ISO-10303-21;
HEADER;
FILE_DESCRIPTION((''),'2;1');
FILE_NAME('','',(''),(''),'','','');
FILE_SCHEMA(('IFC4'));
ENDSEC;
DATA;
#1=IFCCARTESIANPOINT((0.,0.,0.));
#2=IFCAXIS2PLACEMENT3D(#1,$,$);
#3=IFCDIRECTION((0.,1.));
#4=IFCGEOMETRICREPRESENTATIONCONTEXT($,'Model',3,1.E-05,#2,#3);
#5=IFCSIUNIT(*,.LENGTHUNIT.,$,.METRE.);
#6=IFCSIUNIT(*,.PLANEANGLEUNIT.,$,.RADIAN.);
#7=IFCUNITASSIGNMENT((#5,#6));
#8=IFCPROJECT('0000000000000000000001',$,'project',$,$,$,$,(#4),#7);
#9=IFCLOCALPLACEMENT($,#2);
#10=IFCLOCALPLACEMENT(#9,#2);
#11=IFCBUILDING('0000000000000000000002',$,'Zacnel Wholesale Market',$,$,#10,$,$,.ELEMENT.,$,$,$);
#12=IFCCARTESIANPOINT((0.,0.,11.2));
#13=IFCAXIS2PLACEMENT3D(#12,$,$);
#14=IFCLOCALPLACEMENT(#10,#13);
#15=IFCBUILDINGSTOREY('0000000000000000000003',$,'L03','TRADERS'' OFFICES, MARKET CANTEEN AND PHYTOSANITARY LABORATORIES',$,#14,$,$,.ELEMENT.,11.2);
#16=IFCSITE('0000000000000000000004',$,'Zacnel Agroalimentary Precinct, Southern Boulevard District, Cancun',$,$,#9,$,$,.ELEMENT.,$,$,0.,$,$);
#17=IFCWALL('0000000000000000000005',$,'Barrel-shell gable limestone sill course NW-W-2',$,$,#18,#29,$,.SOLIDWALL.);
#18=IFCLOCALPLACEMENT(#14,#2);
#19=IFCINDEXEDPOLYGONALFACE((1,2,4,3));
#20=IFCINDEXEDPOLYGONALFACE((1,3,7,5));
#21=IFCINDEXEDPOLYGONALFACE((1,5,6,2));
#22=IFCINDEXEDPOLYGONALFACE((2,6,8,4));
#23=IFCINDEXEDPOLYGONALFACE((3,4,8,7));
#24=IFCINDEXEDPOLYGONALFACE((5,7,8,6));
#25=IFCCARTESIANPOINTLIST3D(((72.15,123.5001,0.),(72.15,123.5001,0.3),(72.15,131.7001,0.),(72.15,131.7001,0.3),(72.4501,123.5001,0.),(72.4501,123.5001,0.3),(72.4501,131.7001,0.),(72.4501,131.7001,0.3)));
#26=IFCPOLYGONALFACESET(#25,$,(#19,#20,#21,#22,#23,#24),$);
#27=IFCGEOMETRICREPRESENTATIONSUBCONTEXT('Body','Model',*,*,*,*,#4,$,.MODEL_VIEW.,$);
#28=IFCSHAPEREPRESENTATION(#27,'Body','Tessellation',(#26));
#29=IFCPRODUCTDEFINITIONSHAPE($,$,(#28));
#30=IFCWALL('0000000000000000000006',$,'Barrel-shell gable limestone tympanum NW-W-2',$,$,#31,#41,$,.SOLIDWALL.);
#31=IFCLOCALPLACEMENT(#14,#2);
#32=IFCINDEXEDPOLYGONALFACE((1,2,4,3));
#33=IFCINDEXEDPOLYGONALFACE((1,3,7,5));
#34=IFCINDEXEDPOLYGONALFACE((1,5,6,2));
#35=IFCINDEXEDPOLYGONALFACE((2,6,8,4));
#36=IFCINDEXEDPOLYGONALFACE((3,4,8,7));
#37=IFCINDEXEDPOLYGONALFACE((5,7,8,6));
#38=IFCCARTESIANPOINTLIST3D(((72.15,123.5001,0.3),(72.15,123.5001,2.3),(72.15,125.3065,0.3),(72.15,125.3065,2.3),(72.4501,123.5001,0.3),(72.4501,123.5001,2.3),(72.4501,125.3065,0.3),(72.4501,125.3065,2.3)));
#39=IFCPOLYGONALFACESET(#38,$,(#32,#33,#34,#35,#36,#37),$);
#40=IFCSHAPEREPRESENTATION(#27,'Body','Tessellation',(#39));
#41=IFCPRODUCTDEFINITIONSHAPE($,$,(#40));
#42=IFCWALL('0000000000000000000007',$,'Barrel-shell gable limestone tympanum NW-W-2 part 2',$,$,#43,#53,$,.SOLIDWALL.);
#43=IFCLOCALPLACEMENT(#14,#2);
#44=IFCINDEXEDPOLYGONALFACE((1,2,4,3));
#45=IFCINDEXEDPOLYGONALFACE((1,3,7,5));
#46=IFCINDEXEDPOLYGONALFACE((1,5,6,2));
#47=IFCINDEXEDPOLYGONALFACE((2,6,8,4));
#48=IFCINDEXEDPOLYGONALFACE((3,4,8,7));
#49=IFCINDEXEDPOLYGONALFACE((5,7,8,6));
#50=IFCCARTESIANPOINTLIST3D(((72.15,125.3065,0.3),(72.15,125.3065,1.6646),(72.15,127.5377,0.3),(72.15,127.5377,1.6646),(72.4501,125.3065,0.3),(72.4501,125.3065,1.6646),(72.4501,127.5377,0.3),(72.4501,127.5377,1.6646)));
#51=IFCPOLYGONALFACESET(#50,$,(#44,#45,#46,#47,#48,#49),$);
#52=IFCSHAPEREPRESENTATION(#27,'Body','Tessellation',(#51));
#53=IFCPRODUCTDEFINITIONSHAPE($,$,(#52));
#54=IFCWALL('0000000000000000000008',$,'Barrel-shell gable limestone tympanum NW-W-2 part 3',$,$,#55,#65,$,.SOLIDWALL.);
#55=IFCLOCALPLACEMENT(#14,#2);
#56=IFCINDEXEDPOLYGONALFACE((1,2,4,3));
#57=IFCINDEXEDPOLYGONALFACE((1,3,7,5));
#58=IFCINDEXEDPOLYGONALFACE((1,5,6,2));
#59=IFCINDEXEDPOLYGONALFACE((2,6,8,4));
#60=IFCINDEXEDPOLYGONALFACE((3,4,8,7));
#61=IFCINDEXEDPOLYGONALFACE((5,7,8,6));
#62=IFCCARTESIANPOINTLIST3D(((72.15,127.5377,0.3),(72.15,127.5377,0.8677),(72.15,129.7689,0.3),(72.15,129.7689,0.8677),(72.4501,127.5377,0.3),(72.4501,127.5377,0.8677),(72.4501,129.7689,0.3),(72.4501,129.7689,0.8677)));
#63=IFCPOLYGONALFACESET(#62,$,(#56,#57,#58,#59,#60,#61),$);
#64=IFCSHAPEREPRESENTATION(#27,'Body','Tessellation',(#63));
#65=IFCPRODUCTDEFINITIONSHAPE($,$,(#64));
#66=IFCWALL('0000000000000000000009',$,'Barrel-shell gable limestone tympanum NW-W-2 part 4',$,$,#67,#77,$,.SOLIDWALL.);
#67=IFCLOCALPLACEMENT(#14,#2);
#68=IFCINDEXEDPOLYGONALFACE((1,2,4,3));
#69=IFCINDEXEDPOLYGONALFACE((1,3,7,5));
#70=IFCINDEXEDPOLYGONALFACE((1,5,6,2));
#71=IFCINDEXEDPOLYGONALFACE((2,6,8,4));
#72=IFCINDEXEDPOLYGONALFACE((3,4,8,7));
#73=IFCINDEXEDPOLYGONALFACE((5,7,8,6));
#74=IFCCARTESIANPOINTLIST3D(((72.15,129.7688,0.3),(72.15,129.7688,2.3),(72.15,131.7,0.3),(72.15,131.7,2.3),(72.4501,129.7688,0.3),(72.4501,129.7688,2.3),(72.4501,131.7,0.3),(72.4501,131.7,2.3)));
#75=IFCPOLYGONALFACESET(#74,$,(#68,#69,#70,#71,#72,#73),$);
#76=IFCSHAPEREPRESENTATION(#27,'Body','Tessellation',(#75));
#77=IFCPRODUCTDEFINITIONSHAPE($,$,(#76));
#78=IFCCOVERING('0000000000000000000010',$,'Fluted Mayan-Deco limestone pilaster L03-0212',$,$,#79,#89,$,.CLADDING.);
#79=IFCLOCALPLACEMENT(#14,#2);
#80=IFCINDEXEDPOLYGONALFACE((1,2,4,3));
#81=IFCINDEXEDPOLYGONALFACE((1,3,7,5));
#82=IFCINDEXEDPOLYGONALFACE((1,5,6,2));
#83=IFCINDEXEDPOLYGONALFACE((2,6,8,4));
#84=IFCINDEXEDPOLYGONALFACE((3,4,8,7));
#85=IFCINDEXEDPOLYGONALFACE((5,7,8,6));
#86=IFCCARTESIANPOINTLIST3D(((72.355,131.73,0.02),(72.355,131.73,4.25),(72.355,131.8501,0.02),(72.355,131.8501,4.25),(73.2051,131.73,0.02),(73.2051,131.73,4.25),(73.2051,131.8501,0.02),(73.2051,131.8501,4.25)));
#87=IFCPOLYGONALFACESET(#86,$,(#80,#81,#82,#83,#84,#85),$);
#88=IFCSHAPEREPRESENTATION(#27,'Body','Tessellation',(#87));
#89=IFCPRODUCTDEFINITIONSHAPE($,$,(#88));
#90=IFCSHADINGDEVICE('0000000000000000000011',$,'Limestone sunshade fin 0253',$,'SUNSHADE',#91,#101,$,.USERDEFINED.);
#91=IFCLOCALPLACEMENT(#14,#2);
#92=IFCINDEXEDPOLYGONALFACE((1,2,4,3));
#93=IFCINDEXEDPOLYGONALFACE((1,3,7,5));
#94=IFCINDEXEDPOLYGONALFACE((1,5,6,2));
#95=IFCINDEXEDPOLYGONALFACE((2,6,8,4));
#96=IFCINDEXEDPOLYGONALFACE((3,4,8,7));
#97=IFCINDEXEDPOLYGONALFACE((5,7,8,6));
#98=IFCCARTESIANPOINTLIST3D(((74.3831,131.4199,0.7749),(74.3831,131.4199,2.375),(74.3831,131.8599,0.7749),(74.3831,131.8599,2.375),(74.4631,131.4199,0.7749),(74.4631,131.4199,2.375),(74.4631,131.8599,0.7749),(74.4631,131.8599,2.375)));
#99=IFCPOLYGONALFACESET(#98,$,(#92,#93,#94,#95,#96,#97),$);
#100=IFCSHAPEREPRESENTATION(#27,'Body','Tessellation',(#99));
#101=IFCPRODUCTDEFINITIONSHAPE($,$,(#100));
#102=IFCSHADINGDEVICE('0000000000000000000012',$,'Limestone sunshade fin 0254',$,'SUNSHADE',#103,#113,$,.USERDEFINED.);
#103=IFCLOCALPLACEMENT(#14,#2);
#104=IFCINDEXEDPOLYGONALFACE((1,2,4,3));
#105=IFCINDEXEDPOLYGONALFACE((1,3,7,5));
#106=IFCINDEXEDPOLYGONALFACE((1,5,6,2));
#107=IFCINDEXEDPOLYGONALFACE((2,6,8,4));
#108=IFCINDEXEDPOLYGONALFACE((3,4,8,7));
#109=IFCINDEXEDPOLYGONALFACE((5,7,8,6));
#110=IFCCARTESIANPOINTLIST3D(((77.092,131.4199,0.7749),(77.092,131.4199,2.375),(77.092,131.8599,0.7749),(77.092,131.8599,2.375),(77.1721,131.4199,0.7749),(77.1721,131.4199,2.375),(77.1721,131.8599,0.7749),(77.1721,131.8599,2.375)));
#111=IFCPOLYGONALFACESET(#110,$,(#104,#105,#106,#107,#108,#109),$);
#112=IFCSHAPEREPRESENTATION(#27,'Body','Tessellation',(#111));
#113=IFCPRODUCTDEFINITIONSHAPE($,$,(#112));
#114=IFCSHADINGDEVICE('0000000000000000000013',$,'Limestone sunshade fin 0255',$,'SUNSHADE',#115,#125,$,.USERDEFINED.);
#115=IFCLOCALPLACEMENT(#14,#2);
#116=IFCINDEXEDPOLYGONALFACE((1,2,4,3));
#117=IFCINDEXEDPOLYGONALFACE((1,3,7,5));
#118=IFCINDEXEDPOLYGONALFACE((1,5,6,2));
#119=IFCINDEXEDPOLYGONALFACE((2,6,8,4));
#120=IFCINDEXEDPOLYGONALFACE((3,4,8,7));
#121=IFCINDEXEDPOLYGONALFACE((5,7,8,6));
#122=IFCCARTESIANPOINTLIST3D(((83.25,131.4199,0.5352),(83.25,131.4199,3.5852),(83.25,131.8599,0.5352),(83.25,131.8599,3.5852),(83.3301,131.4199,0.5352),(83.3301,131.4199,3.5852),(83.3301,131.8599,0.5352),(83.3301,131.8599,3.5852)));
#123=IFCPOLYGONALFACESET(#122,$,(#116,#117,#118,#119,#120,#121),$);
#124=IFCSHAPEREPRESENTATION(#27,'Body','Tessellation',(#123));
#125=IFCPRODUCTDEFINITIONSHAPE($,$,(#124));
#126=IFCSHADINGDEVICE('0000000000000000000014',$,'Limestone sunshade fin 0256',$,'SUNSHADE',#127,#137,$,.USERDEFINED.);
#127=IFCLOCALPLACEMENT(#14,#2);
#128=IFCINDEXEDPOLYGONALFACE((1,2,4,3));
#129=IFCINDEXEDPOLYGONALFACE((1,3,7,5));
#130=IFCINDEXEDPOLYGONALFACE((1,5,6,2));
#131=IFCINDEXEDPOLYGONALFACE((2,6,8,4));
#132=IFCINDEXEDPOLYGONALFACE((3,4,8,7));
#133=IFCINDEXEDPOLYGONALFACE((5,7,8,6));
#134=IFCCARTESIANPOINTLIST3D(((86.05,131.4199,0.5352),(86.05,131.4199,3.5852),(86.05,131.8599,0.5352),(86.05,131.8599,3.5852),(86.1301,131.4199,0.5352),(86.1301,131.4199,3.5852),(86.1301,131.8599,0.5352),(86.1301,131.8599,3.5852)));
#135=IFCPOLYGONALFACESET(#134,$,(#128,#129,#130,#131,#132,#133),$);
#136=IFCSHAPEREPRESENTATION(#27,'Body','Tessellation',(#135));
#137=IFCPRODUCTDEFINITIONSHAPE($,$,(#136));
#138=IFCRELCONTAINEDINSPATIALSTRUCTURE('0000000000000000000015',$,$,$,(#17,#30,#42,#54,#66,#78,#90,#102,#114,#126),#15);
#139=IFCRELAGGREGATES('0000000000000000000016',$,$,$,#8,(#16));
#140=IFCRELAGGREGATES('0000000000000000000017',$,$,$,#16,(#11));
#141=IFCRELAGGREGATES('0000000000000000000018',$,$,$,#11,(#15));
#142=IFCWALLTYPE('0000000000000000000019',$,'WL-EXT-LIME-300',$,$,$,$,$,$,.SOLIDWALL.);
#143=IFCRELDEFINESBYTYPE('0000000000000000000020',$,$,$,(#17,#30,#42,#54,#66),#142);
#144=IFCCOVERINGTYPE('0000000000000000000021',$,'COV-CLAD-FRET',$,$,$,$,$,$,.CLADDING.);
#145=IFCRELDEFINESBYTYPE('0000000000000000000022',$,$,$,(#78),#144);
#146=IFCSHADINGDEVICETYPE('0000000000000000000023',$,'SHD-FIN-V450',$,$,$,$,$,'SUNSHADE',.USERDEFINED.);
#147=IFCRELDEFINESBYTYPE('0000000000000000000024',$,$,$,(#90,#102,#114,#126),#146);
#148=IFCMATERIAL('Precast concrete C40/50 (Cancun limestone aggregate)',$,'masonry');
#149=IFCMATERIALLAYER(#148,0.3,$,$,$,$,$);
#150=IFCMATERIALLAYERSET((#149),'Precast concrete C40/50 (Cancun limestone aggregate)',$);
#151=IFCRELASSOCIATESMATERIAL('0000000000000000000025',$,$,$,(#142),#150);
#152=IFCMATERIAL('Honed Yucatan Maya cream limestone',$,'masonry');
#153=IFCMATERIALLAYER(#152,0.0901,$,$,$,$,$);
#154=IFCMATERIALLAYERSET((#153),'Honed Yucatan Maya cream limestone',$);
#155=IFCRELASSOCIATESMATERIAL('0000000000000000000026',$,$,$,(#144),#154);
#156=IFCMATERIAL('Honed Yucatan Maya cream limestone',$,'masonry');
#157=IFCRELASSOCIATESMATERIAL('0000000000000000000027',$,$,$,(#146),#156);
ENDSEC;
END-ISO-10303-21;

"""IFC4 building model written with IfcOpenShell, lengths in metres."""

from ifc_helpers import new_model, si_unit, direction, frame, frame_2d, origin, origin_2d, place, context, subcontext, project, spatial, rectangle, extrude, material, layer, layer_set, type_object, element, save


model = new_model("IFC4")

# Units and contexts
model_context = context("Model", 3, precision=1e-05, world=origin(), true_north=direction((0.0, 1.0)))
body_context = subcontext(model_context, "Body", "Model", "MODEL_VIEW")
ifc_project = project(units=[si_unit("LENGTHUNIT", "METRE"), si_unit("PLANEANGLEUNIT", "RADIAN")], contexts=[model_context])

# Site, building, storey
site_placement = place(None, origin())
site = spatial("IfcSite", under=ifc_project, at=site_placement, Name="Zacnel Agroalimentary Precinct, Southern Boulevard District, Cancun", CompositionType="ELEMENT", RefElevation=0.0)
building_placement = place(site_placement, origin())
building = spatial("IfcBuilding", under=site, at=building_placement, Name="Zacnel Wholesale Market", CompositionType="ELEMENT")
storey_placement = place(building_placement, frame((0.0, 0.0, 11.2)))
storey = spatial("IfcBuildingStorey", under=building, at=storey_placement, Name="L03", Description="TRADERS' OFFICES, MARKET CANTEEN AND PHYTOSANITARY LABORATORIES", CompositionType="ELEMENT", Elevation=11.2)

# Walls
ifc_material_1 = material(Name="Precast concrete C40/50 (Cancun limestone aggregate)", Category="masonry")
ifc_layer_1 = layer(ifc_material_1, 0.3)
ifc_layer_set_1 = layer_set([ifc_layer_1], Name="Precast concrete C40/50 (Cancun limestone aggregate)")
wall_type_1 = type_object("IfcWallType", Name="WL-EXT-LIME-300", PredefinedType="SOLIDWALL", material=ifc_layer_set_1)
wall_1_placement = place(storey_placement, frame((72.3, 123.5, 0.0), z_axis=(0.0, 0.0, 1.0), x_axis=(0.0, 1.0, 0.0)))
element("IfcWall", 1, at=wall_1_placement, inside=storey, type_object=wall_type_1, Name="Barrel-shell gable limestone sill course NW-W-2", PredefinedType="SOLIDWALL", context=body_context, shape_type="SweptSolid", body=[
    extrude(rectangle(XDim=8.2, YDim=0.3, at=frame_2d((4.1001, 0.0))), origin(), (0.0, 0.0, 1.0), 0.3),
])
wall_2_placement = place(storey_placement, frame((72.3, 123.5, 0.3), z_axis=(0.0, 0.0, 1.0), x_axis=(0.0, 1.0, 0.0)))
element("IfcWall", 2, at=wall_2_placement, inside=storey, type_object=wall_type_1, Name="Barrel-shell gable limestone tympanum NW-W-2", PredefinedType="SOLIDWALL", context=body_context, shape_type="SweptSolid", body=[
    extrude(rectangle(XDim=1.8064, YDim=0.3, at=frame_2d((0.9033, 0.0))), origin(), (0.0, 0.0, 1.0), 2.0),
])
wall_3_placement = place(storey_placement, frame((72.3, 125.3064, 0.3), z_axis=(0.0, 0.0, 1.0), x_axis=(0.0, 1.0, 0.0)))
element("IfcWall", 3, at=wall_3_placement, inside=storey, type_object=wall_type_1, Name="Barrel-shell gable limestone tympanum NW-W-2 part 2", PredefinedType="SOLIDWALL", context=body_context, shape_type="SweptSolid", body=[
    extrude(rectangle(XDim=2.2312, YDim=0.3, at=frame_2d((1.1157, 0.0))), origin(), (0.0, 0.0, 1.0), 1.3645),
])
wall_4_placement = place(storey_placement, frame((72.3, 127.5376, 0.3), z_axis=(0.0, 0.0, 1.0), x_axis=(0.0, 1.0, 0.0)))
element("IfcWall", 4, at=wall_4_placement, inside=storey, type_object=wall_type_1, Name="Barrel-shell gable limestone tympanum NW-W-2 part 3", PredefinedType="SOLIDWALL", context=body_context, shape_type="SweptSolid", body=[
    extrude(rectangle(XDim=2.2312, YDim=0.3, at=frame_2d((1.1157, 0.0))), origin(), (0.0, 0.0, 1.0), 0.5676),
])
wall_5_placement = place(storey_placement, frame((72.3, 129.7688, 0.3), z_axis=(0.0, 0.0, 1.0), x_axis=(0.0, 1.0, 0.0)))
element("IfcWall", 5, at=wall_5_placement, inside=storey, type_object=wall_type_1, Name="Barrel-shell gable limestone tympanum NW-W-2 part 4", PredefinedType="SOLIDWALL", context=body_context, shape_type="SweptSolid", body=[
    extrude(rectangle(XDim=1.9312, YDim=0.3, at=frame_2d((0.9656, 0.0))), origin(), (0.0, 0.0, 1.0), 2.0),
])

# Covering
ifc_material_2 = material(Name="Honed Yucatan Maya cream limestone", Category="masonry")
ifc_layer_2 = layer(ifc_material_2, 0.0901)
ifc_layer_set_2 = layer_set([ifc_layer_2], Name="Honed Yucatan Maya cream limestone")
covering_type = type_object("IfcCoveringType", Name="COV-CLAD-FRET", PredefinedType="CLADDING", material=ifc_layer_set_2)
covering_placement = place(storey_placement, frame((72.78, 131.79, 0.02), z_axis=(0.0, 0.0, 1.0), x_axis=(1.0, 0.0, 0.0)))
element("IfcCovering", 6, at=covering_placement, inside=storey, type_object=covering_type, Name="Fluted Mayan-Deco limestone pilaster L03-0212", PredefinedType="CLADDING", context=body_context, shape_type="SweptSolid", body=[
    extrude(rectangle(XDim=0.8501, YDim=0.1201, at=origin_2d()), origin(), (0.0, 0.0, 1.0), 4.23),
])

# Shading devices
ifc_material_3 = material(Name="Honed Yucatan Maya cream limestone", Category="masonry")
shading_device_type = type_object("IfcShadingDeviceType", Name="SHD-FIN-V450", ElementType="SUNSHADE", PredefinedType="USERDEFINED", material=ifc_material_3)
for number, where, z_axis, x_axis, name in (
    (7, (74.4231, 131.6399, 0.7749), (0.0, 0.0, 1.0), (1.0, 0.0, 0.0), "Limestone sunshade fin 0253"),
    (8, (77.1321, 131.6399, 0.7749), (0.0, 0.0, 1.0), (1.0, 0.0, 0.0), "Limestone sunshade fin 0254"),
):
    element("IfcShadingDevice", number, at=place(storey_placement, frame(where, z_axis=z_axis, x_axis=x_axis)), inside=storey, type_object=shading_device_type, Name=name, ObjectType="SUNSHADE", PredefinedType="USERDEFINED", context=body_context, shape_type="SweptSolid", body=[
        extrude(rectangle(XDim=0.0801, YDim=0.4399, at=origin_2d()), origin(), (0.0, 0.0, 1.0), 1.6001),
    ])
for number, where, z_axis, x_axis, name in (
    (9, (83.29, 131.6399, 0.5352), (0.0, 0.0, 1.0), (1.0, 0.0, 0.0), "Limestone sunshade fin 0255"),
    (10, (86.0901, 131.6399, 0.5352), (0.0, 0.0, 1.0), (1.0, 0.0, 0.0), "Limestone sunshade fin 0256"),
):
    element("IfcShadingDevice", number, at=place(storey_placement, frame(where, z_axis=z_axis, x_axis=x_axis)), inside=storey, type_object=shading_device_type, Name=name, ObjectType="SUNSHADE", PredefinedType="USERDEFINED", context=body_context, shape_type="SweptSolid", body=[
        extrude(rectangle(XDim=0.0801, YDim=0.4399, at=origin_2d()), origin(), (0.0, 0.0, 1.0), 3.05),
    ])

save(model, "model.ifc")
